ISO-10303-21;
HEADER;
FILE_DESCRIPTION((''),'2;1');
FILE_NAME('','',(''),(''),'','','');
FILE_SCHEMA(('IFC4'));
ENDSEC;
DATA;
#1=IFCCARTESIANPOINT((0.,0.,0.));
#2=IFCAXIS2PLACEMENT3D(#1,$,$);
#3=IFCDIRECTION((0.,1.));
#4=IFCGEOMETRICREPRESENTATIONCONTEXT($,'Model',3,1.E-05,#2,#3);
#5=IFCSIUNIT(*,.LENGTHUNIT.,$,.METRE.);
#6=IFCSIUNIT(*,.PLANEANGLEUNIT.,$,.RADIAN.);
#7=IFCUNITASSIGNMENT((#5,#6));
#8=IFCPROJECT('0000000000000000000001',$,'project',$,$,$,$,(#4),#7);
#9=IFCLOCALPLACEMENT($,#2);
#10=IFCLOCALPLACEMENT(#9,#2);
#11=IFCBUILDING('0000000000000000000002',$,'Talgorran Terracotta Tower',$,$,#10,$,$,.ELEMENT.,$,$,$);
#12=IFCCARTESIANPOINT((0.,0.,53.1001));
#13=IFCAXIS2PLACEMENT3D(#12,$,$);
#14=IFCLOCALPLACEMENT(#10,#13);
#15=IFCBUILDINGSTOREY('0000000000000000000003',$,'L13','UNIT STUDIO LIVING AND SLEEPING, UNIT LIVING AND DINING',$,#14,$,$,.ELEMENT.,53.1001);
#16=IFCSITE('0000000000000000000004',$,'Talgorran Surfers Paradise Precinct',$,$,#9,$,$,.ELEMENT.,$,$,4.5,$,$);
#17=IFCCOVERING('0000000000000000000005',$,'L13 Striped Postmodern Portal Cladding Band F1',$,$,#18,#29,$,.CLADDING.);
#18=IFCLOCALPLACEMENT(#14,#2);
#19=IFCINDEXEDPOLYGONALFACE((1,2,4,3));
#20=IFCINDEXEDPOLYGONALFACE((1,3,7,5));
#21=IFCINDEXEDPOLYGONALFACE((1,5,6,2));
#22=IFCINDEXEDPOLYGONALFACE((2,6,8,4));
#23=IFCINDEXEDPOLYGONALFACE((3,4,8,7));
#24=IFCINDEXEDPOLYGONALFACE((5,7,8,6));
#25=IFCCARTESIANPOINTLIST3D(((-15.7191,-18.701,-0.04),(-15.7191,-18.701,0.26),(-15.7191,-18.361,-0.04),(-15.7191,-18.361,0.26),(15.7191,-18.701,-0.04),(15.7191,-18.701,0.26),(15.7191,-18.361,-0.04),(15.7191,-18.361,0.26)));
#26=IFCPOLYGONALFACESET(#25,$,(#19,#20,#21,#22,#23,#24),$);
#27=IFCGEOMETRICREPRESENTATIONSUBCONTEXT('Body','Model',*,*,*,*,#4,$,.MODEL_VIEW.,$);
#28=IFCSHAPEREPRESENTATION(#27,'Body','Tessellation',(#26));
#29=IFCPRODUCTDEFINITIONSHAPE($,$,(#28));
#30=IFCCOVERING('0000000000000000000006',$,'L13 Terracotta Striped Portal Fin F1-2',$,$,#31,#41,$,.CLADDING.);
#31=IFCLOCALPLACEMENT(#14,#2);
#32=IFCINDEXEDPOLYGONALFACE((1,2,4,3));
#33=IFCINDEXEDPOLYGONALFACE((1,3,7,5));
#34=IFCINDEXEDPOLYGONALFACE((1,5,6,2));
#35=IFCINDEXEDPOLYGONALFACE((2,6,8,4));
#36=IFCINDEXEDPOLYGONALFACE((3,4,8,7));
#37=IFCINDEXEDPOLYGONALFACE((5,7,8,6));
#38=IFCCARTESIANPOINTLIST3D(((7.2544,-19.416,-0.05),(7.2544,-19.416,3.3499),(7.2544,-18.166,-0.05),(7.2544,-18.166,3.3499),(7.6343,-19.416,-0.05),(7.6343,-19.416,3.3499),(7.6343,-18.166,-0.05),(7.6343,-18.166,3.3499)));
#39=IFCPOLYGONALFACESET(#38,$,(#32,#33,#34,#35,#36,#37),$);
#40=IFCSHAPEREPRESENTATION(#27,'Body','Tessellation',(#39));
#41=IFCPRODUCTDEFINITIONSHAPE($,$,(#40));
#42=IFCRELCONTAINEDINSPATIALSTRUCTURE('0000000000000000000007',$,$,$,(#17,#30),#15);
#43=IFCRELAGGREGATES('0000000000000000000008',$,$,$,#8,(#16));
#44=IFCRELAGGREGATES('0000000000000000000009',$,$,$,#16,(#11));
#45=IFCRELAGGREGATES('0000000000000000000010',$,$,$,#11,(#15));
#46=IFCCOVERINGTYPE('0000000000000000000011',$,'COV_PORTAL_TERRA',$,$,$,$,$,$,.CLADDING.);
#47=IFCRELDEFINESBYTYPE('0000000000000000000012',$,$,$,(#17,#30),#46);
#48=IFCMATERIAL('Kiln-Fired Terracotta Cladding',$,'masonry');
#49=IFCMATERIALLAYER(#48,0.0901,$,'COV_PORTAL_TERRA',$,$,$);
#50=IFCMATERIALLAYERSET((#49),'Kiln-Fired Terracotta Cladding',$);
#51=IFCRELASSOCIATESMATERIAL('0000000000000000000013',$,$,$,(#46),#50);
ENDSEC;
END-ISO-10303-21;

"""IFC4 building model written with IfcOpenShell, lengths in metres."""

from ifc_helpers import new_model, si_unit, direction, frame, origin, origin_2d, place, context, subcontext, project, spatial, rectangle, extrude, material, layer, layer_set, type_object, element, save


model = new_model("IFC4")

# Units and contexts
model_context = context("Model", 3, precision=1e-05, world=origin(), true_north=direction((0.0, 1.0)))
body_context = subcontext(model_context, "Body", "Model", "MODEL_VIEW")
ifc_project = project(units=[si_unit("LENGTHUNIT", "METRE"), si_unit("PLANEANGLEUNIT", "RADIAN")], contexts=[model_context])

# Site, building, storey
site_placement = place(None, origin())
site = spatial("IfcSite", under=ifc_project, at=site_placement, Name="Talgorran Surfers Paradise Precinct", CompositionType="ELEMENT", RefElevation=4.5)
building_placement = place(site_placement, origin())
building = spatial("IfcBuilding", under=site, at=building_placement, Name="Talgorran Terracotta Tower", CompositionType="ELEMENT")
storey_placement = place(building_placement, frame((0.0, 0.0, 53.1001)))
storey = spatial("IfcBuildingStorey", under=building, at=storey_placement, Name="L13", Description="UNIT STUDIO LIVING AND SLEEPING, UNIT LIVING AND DINING", CompositionType="ELEMENT", Elevation=53.1001)

# Coverings
ifc_material_1 = material(Name="Kiln-Fired Terracotta Cladding", Category="masonry")
ifc_layer_1 = layer(ifc_material_1, 0.0901, Name="COV_PORTAL_TERRA")
ifc_layer_set_1 = layer_set([ifc_layer_1], Name="Kiln-Fired Terracotta Cladding")
covering_type_1 = type_object("IfcCoveringType", Name="COV_PORTAL_TERRA", PredefinedType="CLADDING", material=ifc_layer_set_1)
covering_1_placement = place(storey_placement, frame((0.0, -18.531, -0.04), z_axis=(0.0, 0.0, 1.0), x_axis=(1.0, 0.0, 0.0)))
element("IfcCovering", 1, at=covering_1_placement, inside=storey, type_object=covering_type_1, Name="L13 Striped Postmodern Portal Cladding Band F1", PredefinedType="CLADDING", context=body_context, shape_type="SweptSolid", body=[
    extrude(rectangle(XDim=31.4382, YDim=0.3401, at=origin_2d()), origin(), (0.0, 0.0, 1.0), 0.3),
])
covering_2_placement = place(storey_placement, frame((7.4443, -18.791, -0.05), z_axis=(0.0, 0.0, 1.0), x_axis=(1.0, 0.0, 0.0)))
element("IfcCovering", 2, at=covering_2_placement, inside=storey, type_object=covering_type_1, Name="L13 Terracotta Striped Portal Fin F1-2", PredefinedType="CLADDING", context=body_context, shape_type="SweptSolid", body=[
    extrude(rectangle(XDim=0.3799, YDim=1.25, at=origin_2d()), origin(), (0.0, 0.0, 1.0), 3.3999),
])

save(model, "model.ifc")
